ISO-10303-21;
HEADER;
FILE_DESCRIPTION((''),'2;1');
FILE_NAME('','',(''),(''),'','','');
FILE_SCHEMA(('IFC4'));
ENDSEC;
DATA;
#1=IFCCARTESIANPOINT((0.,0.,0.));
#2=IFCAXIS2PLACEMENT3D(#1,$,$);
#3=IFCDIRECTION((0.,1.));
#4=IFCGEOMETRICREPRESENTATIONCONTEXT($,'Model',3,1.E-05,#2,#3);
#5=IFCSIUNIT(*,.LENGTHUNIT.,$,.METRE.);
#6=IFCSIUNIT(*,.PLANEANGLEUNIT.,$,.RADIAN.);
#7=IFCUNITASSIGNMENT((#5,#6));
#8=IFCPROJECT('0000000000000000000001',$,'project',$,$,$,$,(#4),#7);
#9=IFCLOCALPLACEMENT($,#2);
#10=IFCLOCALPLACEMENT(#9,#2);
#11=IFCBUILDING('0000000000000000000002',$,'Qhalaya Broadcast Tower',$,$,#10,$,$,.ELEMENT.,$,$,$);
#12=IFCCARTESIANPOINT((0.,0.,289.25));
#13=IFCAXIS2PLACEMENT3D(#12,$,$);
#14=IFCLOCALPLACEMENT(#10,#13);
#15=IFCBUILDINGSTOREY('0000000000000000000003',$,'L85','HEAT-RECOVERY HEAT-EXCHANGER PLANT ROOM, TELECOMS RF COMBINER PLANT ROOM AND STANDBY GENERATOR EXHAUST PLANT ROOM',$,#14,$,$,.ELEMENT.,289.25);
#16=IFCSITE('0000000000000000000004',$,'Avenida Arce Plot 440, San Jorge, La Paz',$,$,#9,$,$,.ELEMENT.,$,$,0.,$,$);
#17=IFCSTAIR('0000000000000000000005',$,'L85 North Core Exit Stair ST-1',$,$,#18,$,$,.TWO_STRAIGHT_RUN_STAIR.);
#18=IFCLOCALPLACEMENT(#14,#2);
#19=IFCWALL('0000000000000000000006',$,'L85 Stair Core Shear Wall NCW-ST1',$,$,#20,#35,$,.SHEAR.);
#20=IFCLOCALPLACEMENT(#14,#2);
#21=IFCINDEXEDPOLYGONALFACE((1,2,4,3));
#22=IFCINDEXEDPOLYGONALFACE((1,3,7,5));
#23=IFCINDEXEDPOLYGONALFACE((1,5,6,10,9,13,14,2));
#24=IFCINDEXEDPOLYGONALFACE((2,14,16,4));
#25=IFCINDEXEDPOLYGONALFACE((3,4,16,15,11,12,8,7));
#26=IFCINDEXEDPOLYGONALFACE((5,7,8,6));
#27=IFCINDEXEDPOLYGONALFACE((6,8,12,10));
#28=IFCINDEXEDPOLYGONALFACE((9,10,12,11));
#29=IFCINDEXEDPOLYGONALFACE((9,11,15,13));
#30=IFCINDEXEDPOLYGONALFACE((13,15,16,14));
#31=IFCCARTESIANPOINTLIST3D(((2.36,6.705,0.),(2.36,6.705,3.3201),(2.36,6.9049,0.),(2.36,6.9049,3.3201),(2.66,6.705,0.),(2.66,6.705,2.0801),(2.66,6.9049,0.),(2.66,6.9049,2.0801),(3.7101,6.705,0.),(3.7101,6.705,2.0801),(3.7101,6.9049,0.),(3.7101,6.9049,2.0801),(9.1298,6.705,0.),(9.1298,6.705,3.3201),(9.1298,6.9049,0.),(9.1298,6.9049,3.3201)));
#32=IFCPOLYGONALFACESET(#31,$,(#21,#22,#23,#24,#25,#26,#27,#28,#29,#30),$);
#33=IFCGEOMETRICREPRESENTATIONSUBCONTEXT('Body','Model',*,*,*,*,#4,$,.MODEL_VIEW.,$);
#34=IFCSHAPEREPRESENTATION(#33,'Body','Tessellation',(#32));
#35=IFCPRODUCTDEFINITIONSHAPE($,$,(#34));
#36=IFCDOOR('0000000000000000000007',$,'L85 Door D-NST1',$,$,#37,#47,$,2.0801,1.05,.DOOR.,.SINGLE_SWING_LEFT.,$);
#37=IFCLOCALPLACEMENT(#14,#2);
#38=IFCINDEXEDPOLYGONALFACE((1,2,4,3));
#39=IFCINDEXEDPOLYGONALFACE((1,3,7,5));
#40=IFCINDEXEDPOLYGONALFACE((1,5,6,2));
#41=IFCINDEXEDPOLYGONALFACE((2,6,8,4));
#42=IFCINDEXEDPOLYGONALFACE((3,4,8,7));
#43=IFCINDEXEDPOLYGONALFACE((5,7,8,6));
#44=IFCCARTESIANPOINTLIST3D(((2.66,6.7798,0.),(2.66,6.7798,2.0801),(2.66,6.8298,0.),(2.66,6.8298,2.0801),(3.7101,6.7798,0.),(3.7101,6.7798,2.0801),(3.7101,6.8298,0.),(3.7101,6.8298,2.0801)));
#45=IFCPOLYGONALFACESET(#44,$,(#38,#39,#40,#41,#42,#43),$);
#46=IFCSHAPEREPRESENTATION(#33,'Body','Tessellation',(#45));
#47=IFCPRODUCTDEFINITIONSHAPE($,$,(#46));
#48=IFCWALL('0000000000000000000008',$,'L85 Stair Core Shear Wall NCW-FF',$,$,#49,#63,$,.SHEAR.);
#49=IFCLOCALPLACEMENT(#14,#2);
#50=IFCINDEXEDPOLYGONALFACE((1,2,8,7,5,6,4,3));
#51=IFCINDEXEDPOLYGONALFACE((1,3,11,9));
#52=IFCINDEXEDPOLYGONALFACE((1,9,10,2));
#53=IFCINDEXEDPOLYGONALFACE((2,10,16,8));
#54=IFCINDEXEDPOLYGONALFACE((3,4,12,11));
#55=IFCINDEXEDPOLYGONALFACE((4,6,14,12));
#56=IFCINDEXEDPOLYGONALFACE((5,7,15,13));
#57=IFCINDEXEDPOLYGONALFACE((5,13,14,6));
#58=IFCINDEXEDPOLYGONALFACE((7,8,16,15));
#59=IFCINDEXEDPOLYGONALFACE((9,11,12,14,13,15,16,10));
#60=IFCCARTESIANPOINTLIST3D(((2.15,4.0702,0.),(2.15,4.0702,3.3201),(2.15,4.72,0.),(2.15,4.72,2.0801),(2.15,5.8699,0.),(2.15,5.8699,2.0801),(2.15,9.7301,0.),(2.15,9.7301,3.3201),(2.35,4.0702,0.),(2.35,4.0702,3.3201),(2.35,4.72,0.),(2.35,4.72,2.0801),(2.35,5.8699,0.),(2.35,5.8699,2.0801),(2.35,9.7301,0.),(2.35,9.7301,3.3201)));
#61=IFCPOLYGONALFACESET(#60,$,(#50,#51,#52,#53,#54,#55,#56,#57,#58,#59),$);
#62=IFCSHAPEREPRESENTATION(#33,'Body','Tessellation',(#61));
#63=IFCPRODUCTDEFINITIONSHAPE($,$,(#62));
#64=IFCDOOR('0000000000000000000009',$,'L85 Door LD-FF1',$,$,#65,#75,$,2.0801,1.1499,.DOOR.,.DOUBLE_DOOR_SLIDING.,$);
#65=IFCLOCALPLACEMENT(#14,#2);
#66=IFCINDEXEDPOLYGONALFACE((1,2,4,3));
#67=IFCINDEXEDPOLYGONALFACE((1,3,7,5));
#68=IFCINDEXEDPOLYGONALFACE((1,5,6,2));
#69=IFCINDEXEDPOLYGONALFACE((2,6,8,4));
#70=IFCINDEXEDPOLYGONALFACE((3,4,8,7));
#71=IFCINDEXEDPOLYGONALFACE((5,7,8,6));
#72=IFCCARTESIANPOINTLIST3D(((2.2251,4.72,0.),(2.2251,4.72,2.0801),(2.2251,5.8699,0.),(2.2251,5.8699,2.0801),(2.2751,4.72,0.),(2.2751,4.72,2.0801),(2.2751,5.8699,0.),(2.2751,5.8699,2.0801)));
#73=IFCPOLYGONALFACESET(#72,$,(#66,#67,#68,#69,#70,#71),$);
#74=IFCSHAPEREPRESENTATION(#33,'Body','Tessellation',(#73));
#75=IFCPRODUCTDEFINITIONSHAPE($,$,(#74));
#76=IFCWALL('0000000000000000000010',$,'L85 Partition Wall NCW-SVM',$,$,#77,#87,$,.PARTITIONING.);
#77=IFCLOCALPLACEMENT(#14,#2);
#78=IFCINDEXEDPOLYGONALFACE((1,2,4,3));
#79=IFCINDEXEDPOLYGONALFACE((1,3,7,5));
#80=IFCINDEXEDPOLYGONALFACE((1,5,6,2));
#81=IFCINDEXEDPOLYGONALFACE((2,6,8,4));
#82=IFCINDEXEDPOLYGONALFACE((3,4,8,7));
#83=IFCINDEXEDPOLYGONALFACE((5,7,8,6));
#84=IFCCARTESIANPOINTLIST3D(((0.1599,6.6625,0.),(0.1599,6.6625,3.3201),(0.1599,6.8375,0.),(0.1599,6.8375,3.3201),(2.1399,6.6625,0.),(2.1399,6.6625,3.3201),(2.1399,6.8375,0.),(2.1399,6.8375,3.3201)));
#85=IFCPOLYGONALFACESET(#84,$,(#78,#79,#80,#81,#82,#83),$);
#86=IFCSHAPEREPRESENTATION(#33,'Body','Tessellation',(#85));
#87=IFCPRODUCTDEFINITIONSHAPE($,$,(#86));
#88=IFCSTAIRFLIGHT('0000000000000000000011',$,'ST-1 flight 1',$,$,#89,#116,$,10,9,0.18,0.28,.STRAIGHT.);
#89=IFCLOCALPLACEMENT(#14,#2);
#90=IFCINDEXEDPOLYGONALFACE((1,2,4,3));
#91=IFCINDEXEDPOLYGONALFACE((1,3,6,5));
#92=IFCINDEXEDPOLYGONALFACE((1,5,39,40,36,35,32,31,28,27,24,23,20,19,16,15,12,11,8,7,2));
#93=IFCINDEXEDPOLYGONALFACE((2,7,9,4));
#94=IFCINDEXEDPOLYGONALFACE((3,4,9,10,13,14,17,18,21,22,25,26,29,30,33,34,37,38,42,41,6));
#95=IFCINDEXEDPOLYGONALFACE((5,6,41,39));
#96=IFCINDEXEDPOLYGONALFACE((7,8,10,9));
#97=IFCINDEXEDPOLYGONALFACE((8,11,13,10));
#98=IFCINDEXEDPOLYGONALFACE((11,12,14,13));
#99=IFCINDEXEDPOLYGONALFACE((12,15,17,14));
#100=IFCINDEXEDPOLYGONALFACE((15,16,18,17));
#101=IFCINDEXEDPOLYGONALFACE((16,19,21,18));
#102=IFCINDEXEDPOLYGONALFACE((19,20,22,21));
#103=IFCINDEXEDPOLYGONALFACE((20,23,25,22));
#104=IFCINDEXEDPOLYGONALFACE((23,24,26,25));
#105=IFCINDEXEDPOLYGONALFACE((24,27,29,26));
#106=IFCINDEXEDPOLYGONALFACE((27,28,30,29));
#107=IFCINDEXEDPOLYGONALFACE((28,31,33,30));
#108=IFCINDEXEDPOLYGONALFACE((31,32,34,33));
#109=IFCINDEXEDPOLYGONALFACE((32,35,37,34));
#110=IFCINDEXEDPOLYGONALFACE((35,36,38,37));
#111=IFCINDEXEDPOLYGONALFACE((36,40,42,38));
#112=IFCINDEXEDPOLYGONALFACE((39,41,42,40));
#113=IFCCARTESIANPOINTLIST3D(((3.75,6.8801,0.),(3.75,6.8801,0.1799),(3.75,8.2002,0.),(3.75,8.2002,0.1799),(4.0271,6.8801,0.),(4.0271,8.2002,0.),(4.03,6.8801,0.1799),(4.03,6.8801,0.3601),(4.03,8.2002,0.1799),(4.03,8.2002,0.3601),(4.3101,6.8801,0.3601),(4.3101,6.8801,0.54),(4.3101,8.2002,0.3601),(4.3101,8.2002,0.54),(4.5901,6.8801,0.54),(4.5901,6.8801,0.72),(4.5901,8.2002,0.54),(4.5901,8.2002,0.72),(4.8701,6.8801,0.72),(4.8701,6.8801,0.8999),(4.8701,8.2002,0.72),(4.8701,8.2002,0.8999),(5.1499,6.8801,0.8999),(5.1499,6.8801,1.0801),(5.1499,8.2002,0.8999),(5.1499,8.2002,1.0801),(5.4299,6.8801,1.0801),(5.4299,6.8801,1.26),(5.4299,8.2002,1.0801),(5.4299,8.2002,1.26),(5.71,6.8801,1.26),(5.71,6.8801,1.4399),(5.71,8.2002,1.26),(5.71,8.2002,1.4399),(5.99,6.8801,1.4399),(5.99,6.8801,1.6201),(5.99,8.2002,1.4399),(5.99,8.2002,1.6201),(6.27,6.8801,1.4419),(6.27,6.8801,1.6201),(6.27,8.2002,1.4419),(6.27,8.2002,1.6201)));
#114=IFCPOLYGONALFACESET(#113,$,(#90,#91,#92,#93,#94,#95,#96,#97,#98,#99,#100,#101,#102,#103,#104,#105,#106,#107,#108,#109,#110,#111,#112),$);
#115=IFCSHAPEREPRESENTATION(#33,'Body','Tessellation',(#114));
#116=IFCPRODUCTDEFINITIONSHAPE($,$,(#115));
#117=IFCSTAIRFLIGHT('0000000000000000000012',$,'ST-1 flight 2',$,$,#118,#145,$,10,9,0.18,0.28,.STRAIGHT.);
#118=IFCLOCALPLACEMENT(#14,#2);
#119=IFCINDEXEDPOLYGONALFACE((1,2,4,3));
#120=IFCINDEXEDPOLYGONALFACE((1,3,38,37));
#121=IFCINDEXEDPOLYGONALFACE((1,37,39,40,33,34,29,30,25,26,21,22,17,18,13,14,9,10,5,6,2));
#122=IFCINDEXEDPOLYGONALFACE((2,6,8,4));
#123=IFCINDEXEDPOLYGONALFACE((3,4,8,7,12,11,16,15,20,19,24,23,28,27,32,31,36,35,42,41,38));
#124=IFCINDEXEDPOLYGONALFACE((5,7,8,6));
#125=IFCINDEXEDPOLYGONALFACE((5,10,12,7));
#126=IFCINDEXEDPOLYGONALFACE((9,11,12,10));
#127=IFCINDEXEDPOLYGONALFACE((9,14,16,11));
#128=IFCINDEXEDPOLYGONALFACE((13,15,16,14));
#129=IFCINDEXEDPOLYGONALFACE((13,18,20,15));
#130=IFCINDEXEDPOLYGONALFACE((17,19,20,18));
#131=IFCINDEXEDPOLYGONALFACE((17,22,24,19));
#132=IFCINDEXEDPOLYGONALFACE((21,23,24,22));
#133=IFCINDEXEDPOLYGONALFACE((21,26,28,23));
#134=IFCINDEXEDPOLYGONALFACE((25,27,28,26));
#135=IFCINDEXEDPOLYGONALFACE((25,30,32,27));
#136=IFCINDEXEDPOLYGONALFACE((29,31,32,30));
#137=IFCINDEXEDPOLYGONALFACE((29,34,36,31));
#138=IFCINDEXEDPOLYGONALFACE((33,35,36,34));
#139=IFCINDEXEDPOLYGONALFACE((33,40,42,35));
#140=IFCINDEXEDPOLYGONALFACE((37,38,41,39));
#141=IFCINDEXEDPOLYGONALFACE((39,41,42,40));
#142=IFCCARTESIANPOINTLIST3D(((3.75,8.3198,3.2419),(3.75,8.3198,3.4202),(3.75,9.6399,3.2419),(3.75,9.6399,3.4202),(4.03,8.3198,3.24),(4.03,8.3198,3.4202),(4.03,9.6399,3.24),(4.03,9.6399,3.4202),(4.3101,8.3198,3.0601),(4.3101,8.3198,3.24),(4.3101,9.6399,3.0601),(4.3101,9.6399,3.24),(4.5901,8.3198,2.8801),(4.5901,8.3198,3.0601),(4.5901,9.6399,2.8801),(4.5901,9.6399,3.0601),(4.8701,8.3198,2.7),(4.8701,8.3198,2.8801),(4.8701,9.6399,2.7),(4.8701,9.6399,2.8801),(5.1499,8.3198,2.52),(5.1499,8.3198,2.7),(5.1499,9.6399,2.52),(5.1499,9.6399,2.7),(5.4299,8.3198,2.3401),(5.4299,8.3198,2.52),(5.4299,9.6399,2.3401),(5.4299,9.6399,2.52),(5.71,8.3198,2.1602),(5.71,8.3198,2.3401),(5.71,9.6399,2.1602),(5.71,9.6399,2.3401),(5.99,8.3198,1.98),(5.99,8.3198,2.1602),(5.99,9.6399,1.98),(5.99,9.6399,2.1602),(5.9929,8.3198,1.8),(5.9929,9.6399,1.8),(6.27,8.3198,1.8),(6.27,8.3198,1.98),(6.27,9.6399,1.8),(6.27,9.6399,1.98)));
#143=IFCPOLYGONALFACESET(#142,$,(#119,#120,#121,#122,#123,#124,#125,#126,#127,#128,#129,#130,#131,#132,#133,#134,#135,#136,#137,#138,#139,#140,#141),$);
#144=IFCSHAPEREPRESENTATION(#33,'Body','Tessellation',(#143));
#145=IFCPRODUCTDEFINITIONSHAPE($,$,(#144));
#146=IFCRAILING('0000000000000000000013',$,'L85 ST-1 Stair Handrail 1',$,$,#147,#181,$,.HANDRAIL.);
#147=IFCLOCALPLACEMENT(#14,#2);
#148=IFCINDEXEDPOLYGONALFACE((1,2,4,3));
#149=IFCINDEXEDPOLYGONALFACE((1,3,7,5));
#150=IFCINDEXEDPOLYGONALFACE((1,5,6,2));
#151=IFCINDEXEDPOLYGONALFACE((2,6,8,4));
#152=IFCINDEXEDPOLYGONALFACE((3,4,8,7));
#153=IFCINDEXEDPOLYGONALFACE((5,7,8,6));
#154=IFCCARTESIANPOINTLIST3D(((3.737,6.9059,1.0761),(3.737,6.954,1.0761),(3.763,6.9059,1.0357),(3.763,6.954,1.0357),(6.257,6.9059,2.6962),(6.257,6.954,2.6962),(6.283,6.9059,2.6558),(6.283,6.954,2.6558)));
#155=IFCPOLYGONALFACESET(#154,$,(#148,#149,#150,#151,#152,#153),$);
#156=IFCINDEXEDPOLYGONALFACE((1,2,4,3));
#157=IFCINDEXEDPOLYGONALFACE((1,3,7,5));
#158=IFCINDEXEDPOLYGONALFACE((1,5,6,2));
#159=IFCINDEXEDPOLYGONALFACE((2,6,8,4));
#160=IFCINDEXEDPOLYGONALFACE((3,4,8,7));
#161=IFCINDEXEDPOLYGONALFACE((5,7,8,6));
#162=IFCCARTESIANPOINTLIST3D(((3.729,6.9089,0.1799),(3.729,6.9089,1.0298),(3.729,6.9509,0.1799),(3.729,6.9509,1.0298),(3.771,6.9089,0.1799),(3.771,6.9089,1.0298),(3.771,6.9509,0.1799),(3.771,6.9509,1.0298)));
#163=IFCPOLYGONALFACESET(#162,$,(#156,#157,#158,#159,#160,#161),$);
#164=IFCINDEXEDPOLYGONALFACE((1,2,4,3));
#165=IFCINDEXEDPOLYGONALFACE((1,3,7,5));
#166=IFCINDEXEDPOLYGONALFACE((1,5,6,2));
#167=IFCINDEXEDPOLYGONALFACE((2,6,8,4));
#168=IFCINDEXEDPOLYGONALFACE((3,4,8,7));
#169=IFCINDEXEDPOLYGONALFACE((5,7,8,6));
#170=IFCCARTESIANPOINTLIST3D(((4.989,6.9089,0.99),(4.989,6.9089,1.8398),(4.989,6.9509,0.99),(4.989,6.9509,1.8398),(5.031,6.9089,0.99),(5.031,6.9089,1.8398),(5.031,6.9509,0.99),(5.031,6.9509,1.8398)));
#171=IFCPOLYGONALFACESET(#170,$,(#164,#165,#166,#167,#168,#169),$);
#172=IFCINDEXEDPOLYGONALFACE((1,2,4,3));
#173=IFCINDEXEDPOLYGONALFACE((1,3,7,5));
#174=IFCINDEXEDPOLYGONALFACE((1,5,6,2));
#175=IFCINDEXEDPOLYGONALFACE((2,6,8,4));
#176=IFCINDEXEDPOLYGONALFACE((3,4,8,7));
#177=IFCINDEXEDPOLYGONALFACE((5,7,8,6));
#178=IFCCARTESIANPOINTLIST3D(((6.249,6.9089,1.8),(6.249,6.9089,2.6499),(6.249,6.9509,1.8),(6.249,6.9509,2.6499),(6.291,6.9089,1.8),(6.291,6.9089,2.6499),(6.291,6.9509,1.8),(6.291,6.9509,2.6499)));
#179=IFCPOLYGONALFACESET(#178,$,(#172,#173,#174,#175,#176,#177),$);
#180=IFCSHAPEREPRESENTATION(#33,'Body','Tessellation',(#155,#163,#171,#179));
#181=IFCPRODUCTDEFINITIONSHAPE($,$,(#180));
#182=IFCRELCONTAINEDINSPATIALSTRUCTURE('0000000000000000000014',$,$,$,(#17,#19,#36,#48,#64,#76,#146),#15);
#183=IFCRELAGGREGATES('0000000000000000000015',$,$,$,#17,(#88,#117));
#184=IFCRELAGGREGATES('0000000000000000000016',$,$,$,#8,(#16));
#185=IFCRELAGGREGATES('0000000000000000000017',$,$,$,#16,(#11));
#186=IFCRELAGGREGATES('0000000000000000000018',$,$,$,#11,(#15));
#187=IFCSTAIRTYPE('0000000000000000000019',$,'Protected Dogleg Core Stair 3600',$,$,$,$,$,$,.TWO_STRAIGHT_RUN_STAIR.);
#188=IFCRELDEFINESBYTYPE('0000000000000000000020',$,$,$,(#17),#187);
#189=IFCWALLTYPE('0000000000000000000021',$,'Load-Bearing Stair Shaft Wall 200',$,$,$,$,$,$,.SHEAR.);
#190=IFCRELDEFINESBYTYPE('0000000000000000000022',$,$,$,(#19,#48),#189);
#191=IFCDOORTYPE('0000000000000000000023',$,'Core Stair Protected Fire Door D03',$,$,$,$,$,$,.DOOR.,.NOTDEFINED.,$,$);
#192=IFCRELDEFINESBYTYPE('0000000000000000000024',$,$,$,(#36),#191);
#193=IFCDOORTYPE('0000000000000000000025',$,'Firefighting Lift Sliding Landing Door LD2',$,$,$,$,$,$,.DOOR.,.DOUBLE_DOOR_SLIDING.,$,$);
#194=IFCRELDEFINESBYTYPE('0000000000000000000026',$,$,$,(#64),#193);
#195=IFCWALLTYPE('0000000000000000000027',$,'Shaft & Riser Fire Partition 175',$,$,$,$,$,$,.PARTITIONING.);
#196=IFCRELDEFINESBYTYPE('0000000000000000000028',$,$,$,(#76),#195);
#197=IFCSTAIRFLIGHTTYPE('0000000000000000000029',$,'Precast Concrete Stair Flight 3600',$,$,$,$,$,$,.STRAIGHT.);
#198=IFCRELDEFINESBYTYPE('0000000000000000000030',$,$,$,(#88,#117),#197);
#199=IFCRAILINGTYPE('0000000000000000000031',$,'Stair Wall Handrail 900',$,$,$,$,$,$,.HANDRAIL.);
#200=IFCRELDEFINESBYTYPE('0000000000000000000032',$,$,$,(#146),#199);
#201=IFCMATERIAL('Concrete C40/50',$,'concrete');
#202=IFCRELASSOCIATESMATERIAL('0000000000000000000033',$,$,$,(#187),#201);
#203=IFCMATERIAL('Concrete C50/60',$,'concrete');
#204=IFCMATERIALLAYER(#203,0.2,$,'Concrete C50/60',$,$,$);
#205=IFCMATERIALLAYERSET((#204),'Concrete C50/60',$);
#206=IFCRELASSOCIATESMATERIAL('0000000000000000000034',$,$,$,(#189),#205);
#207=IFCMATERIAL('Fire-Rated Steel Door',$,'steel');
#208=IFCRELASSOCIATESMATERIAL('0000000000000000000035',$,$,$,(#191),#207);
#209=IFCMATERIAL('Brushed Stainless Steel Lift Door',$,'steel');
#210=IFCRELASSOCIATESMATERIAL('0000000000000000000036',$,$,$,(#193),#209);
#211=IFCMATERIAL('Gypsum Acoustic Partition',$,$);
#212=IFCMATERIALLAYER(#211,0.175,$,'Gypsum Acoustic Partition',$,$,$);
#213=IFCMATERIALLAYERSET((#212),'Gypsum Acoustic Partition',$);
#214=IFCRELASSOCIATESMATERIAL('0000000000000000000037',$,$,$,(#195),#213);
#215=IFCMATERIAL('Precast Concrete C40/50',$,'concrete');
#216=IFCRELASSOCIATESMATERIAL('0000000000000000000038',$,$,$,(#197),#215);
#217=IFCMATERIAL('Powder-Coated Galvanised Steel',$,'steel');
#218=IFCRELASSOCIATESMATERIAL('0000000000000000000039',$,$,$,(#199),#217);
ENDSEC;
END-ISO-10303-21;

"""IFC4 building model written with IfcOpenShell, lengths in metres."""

from ifc_helpers import new_model, si_unit, direction, frame, frame_2d, origin, origin_2d, place, context, subcontext, project, spatial, polyline, rectangle, outline, extrude, material, layer, layer_set, type_object, element, fill, aggregate, save


model = new_model("IFC4")

# Units and contexts
model_context = context("Model", 3, precision=1e-05, world=origin(), true_north=direction((0.0, 1.0)))
body_context = subcontext(model_context, "Body", "Model", "MODEL_VIEW")
ifc_project = project(units=[si_unit("LENGTHUNIT", "METRE"), si_unit("PLANEANGLEUNIT", "RADIAN")], contexts=[model_context])

# Site, building, storey
site_placement = place(None, origin())
site = spatial("IfcSite", under=ifc_project, at=site_placement, Name="Avenida Arce Plot 440, San Jorge, La Paz", CompositionType="ELEMENT", RefElevation=0.0)
building_placement = place(site_placement, origin())
building = spatial("IfcBuilding", under=site, at=building_placement, Name="Qhalaya Broadcast Tower", CompositionType="ELEMENT")
storey_placement = place(building_placement, frame((0.0, 0.0, 289.25)))
storey = spatial("IfcBuildingStorey", under=building, at=storey_placement, Name="L85", Description="HEAT-RECOVERY HEAT-EXCHANGER PLANT ROOM, TELECOMS RF COMBINER PLANT ROOM AND STANDBY GENERATOR EXHAUST PLANT ROOM", CompositionType="ELEMENT", Elevation=289.25)

# Stair
ifc_material_1 = material(Name="Concrete C40/50", Category="concrete")
stair_type = type_object("IfcStairType", Name="Protected Dogleg Core Stair 3600", PredefinedType="TWO_STRAIGHT_RUN_STAIR", material=ifc_material_1)
stair_1_placement = place(storey_placement, origin())
stair_1 = element("IfcStair", 1, at=stair_1_placement, inside=storey, type_object=stair_type, Name="L85 North Core Exit Stair ST-1", PredefinedType="TWO_STRAIGHT_RUN_STAIR")

# Walls, openings, doors
ifc_material_2 = material(Name="Concrete C50/60", Category="concrete")
ifc_layer_1 = layer(ifc_material_2, 0.2, Name="Concrete C50/60")
ifc_layer_set_1 = layer_set([ifc_layer_1], Name="Concrete C50/60")
wall_type_1 = type_object("IfcWallType", Name="Load-Bearing Stair Shaft Wall 200", PredefinedType="SHEAR", material=ifc_layer_set_1)
wall_1_placement = place(storey_placement, frame((2.3601, 6.8049, 0.0), z_axis=(0.0, 0.0, 1.0), x_axis=(1.0, 0.0, 0.0)))
wall_1 = element("IfcWall", 2, at=wall_1_placement, inside=storey, type_object=wall_type_1, Name="L85 Stair Core Shear Wall NCW-ST1", PredefinedType="SHEAR", context=body_context, shape_type="SweptSolid", body=[
    extrude(rectangle(XDim=6.7698, YDim=0.2, at=frame_2d((3.3848, 0.0))), origin(), (0.0, 0.0, 1.0), 3.3201),
])
opening_1_placement = place(wall_1_placement, frame((0.3, 0.0, 0.0)))
opening_1 = element("IfcOpeningElement", 3, at=opening_1_placement, cuts=wall_1, PredefinedType="OPENING", context=body_context, shape_type="SweptSolid", body=[
    extrude(rectangle(XDim=1.05, YDim=2.0801, at=frame_2d((0.5249, 1.04))), frame((0.0, 0.1121, 0.0), z_axis=(0.0, -1.0, 0.0), x_axis=(1.0, 0.0, 0.0)), (0.0, 0.0, 1.0), 0.2239),
])
ifc_material_3 = material(Name="Fire-Rated Steel Door", Category="steel")
door_type_1 = type_object("IfcDoorType", Name="Core Stair Protected Fire Door D03", OperationType="NOTDEFINED", PredefinedType="DOOR", material=ifc_material_3)
door_1_placement = place(opening_1_placement, origin())
door_1 = element("IfcDoor", 4, at=door_1_placement, inside=storey, type_object=door_type_1, Name="L85 Door D-NST1", OperationType="SINGLE_SWING_LEFT", OverallHeight=2.0801, OverallWidth=1.05, PredefinedType="DOOR", context=body_context, shape_type="SweptSolid", body=[
    extrude(rectangle(XDim=1.05, YDim=2.0801, at=frame_2d((0.5249, 1.04))), frame((0.0, 0.0249, 0.0), z_axis=(0.0, -1.0, 0.0), x_axis=(1.0, 0.0, 0.0)), (0.0, 0.0, 1.0), 0.05),
])
fill(opening_1, door_1)
wall_2_placement = place(storey_placement, frame((2.25, 4.0701, 0.0), z_axis=(0.0, 0.0, 1.0), x_axis=(0.0, 1.0, 0.0)))
wall_2 = element("IfcWall", 5, at=wall_2_placement, inside=storey, type_object=wall_type_1, Name="L85 Stair Core Shear Wall NCW-FF", PredefinedType="SHEAR", context=body_context, shape_type="SweptSolid", body=[
    extrude(rectangle(XDim=5.6599, YDim=0.2, at=frame_2d((2.8301, 0.0))), origin(), (0.0, 0.0, 1.0), 3.3201),
])
opening_2_placement = place(wall_2_placement, frame((0.6499, 0.0, 0.0)))
opening_2 = element("IfcOpeningElement", 6, at=opening_2_placement, cuts=wall_2, PredefinedType="OPENING", context=body_context, shape_type="SweptSolid", body=[
    extrude(rectangle(XDim=1.1499, YDim=2.0801, at=frame_2d((0.575, 1.04))), frame((0.0, 0.1121, 0.0), z_axis=(0.0, -1.0, 0.0), x_axis=(1.0, 0.0, 0.0)), (0.0, 0.0, 1.0), 0.2239),
])
ifc_material_4 = material(Name="Brushed Stainless Steel Lift Door", Category="steel")
door_type_2 = type_object("IfcDoorType", Name="Firefighting Lift Sliding Landing Door LD2", OperationType="DOUBLE_DOOR_SLIDING", PredefinedType="DOOR", material=ifc_material_4)
door_2_placement = place(opening_2_placement, origin())
door_2 = element("IfcDoor", 7, at=door_2_placement, inside=storey, type_object=door_type_2, Name="L85 Door LD-FF1", OperationType="DOUBLE_DOOR_SLIDING", OverallHeight=2.0801, OverallWidth=1.1499, PredefinedType="DOOR", context=body_context, shape_type="SweptSolid", body=[
    extrude(rectangle(XDim=1.1499, YDim=2.0801, at=frame_2d((0.575, 1.04))), frame((0.0, 0.0249, 0.0), z_axis=(0.0, -1.0, 0.0), x_axis=(1.0, 0.0, 0.0)), (0.0, 0.0, 1.0), 0.05),
])
fill(opening_2, door_2)
ifc_material_5 = material(Name="Gypsum Acoustic Partition")
ifc_layer_2 = layer(ifc_material_5, 0.175, Name="Gypsum Acoustic Partition")
ifc_layer_set_2 = layer_set([ifc_layer_2], Name="Gypsum Acoustic Partition")
wall_type_2 = type_object("IfcWallType", Name="Shaft & Riser Fire Partition 175", PredefinedType="PARTITIONING", material=ifc_layer_set_2)

# Wall
wall_3_placement = place(storey_placement, frame((0.1599, 6.75, 0.0), z_axis=(0.0, 0.0, 1.0), x_axis=(1.0, 0.0, 0.0)))
element("IfcWall", 8, at=wall_3_placement, inside=storey, type_object=wall_type_2, Name="L85 Partition Wall NCW-SVM", PredefinedType="PARTITIONING", context=body_context, shape_type="SweptSolid", body=[
    extrude(rectangle(XDim=1.98, YDim=0.175, at=frame_2d((0.99, 0.0))), origin(), (0.0, 0.0, 1.0), 3.3201),
])

# Stair flights
ifc_material_6 = material(Name="Precast Concrete C40/50", Category="concrete")
stair_flight_type = type_object("IfcStairFlightType", Name="Precast Concrete Stair Flight 3600", PredefinedType="STRAIGHT", material=ifc_material_6)
stair_flight_1_placement = place(storey_placement, frame((3.75, 7.54, 0.0), z_axis=(0.0, 0.0, 1.0), x_axis=(1.0, 0.0, 0.0)))
stair_flight_1 = element("IfcStairFlight", 9, at=stair_flight_1_placement, type_object=stair_flight_type, Name="ST-1 flight 1", NumberOfRisers=10, NumberOfTreads=9, PredefinedType="STRAIGHT", RiserHeight=0.18, TreadLength=0.28, context=body_context, shape_type="SweptSolid", body=[
    extrude(outline(polyline([(0.0, 0.0), (0.0, 0.1799), (0.28, 0.1799), (0.28, 0.3601), (0.5601, 0.3601), (0.5601, 0.54), (0.8401, 0.54), (0.8401, 0.72), (1.1201, 0.72), (1.1201, 0.8999), (1.3999, 0.8999), (1.3999, 1.0801), (1.6799, 1.0801), (1.6799, 1.26), (1.96, 1.26), (1.96, 1.4399), (2.24, 1.4399), (2.24, 1.6201), (2.52, 1.6201), (2.52, 1.8), (2.52, 1.4419), (0.2771, 0.0), (0.0, 0.0)])), frame((0.0, 0.6602, 0.0), z_axis=(0.0, -1.0, 0.0), x_axis=(1.0, 0.0, 0.0)), (0.0, 0.0, 1.0), 1.3201),
])
stair_flight_2_placement = place(storey_placement, frame((6.27, 8.98, 1.8), z_axis=(0.0, 0.0, 1.0), x_axis=(-1.0, 0.0, 0.0)))
stair_flight_2 = element("IfcStairFlight", 10, at=stair_flight_2_placement, type_object=stair_flight_type, Name="ST-1 flight 2", NumberOfRisers=10, NumberOfTreads=9, PredefinedType="STRAIGHT", RiserHeight=0.18, TreadLength=0.28, context=body_context, shape_type="SweptSolid", body=[
    extrude(outline(polyline([(0.0, 0.0), (0.0, 0.1799), (0.28, 0.1799), (0.28, 0.3601), (0.5601, 0.3601), (0.5601, 0.54), (0.8401, 0.54), (0.8401, 0.72), (1.1201, 0.72), (1.1201, 0.8999), (1.3999, 0.8999), (1.3999, 1.0801), (1.6799, 1.0801), (1.6799, 1.26), (1.96, 1.26), (1.96, 1.4399), (2.24, 1.4399), (2.24, 1.6201), (2.52, 1.6201), (2.52, 1.8), (2.52, 1.4419), (0.2771, 0.0), (0.0, 0.0)])), frame((0.0, 0.6602, 0.0), z_axis=(0.0, -1.0, 0.0), x_axis=(1.0, 0.0, 0.0)), (0.0, 0.0, 1.0), 1.3201),
])
aggregate(stair_1, [stair_flight_1, stair_flight_2])

# Railing
ifc_material_7 = material(Name="Powder-Coated Galvanised Steel", Category="steel")
railing_type_1 = type_object("IfcRailingType", Name="Stair Wall Handrail 900", PredefinedType="HANDRAIL", material=ifc_material_7)
railing_1_placement = place(storey_placement, frame((3.75, 6.9299, 0.1799)))
element("IfcRailing", 11, at=railing_1_placement, inside=storey, type_object=railing_type_1, Name="L85 ST-1 Stair Handrail 1", PredefinedType="HANDRAIL", context=body_context, shape_type="SweptSolid", body=[
    extrude(rectangle(XDim=0.0481, YDim=0.0481, at=origin_2d()), frame((0.0, 0.0, 0.876), z_axis=(0.841163, 0.0, 0.540782), x_axis=(0.0, 1.0, 0.0)), (0.0, 0.0, 1.0), 2.9958),
    extrude(rectangle(XDim=0.042, YDim=0.042, at=origin_2d()), origin(), (0.0, 0.0, 1.0), 0.8499),
    extrude(rectangle(XDim=0.042, YDim=0.042, at=origin_2d()), frame((1.26, 0.0, 0.8101)), (0.0, 0.0, 1.0), 0.8499),
    extrude(rectangle(XDim=0.042, YDim=0.042, at=origin_2d()), frame((2.52, 0.0, 1.6201)), (0.0, 0.0, 1.0), 0.8499),
])

save(model, "model.ifc")
